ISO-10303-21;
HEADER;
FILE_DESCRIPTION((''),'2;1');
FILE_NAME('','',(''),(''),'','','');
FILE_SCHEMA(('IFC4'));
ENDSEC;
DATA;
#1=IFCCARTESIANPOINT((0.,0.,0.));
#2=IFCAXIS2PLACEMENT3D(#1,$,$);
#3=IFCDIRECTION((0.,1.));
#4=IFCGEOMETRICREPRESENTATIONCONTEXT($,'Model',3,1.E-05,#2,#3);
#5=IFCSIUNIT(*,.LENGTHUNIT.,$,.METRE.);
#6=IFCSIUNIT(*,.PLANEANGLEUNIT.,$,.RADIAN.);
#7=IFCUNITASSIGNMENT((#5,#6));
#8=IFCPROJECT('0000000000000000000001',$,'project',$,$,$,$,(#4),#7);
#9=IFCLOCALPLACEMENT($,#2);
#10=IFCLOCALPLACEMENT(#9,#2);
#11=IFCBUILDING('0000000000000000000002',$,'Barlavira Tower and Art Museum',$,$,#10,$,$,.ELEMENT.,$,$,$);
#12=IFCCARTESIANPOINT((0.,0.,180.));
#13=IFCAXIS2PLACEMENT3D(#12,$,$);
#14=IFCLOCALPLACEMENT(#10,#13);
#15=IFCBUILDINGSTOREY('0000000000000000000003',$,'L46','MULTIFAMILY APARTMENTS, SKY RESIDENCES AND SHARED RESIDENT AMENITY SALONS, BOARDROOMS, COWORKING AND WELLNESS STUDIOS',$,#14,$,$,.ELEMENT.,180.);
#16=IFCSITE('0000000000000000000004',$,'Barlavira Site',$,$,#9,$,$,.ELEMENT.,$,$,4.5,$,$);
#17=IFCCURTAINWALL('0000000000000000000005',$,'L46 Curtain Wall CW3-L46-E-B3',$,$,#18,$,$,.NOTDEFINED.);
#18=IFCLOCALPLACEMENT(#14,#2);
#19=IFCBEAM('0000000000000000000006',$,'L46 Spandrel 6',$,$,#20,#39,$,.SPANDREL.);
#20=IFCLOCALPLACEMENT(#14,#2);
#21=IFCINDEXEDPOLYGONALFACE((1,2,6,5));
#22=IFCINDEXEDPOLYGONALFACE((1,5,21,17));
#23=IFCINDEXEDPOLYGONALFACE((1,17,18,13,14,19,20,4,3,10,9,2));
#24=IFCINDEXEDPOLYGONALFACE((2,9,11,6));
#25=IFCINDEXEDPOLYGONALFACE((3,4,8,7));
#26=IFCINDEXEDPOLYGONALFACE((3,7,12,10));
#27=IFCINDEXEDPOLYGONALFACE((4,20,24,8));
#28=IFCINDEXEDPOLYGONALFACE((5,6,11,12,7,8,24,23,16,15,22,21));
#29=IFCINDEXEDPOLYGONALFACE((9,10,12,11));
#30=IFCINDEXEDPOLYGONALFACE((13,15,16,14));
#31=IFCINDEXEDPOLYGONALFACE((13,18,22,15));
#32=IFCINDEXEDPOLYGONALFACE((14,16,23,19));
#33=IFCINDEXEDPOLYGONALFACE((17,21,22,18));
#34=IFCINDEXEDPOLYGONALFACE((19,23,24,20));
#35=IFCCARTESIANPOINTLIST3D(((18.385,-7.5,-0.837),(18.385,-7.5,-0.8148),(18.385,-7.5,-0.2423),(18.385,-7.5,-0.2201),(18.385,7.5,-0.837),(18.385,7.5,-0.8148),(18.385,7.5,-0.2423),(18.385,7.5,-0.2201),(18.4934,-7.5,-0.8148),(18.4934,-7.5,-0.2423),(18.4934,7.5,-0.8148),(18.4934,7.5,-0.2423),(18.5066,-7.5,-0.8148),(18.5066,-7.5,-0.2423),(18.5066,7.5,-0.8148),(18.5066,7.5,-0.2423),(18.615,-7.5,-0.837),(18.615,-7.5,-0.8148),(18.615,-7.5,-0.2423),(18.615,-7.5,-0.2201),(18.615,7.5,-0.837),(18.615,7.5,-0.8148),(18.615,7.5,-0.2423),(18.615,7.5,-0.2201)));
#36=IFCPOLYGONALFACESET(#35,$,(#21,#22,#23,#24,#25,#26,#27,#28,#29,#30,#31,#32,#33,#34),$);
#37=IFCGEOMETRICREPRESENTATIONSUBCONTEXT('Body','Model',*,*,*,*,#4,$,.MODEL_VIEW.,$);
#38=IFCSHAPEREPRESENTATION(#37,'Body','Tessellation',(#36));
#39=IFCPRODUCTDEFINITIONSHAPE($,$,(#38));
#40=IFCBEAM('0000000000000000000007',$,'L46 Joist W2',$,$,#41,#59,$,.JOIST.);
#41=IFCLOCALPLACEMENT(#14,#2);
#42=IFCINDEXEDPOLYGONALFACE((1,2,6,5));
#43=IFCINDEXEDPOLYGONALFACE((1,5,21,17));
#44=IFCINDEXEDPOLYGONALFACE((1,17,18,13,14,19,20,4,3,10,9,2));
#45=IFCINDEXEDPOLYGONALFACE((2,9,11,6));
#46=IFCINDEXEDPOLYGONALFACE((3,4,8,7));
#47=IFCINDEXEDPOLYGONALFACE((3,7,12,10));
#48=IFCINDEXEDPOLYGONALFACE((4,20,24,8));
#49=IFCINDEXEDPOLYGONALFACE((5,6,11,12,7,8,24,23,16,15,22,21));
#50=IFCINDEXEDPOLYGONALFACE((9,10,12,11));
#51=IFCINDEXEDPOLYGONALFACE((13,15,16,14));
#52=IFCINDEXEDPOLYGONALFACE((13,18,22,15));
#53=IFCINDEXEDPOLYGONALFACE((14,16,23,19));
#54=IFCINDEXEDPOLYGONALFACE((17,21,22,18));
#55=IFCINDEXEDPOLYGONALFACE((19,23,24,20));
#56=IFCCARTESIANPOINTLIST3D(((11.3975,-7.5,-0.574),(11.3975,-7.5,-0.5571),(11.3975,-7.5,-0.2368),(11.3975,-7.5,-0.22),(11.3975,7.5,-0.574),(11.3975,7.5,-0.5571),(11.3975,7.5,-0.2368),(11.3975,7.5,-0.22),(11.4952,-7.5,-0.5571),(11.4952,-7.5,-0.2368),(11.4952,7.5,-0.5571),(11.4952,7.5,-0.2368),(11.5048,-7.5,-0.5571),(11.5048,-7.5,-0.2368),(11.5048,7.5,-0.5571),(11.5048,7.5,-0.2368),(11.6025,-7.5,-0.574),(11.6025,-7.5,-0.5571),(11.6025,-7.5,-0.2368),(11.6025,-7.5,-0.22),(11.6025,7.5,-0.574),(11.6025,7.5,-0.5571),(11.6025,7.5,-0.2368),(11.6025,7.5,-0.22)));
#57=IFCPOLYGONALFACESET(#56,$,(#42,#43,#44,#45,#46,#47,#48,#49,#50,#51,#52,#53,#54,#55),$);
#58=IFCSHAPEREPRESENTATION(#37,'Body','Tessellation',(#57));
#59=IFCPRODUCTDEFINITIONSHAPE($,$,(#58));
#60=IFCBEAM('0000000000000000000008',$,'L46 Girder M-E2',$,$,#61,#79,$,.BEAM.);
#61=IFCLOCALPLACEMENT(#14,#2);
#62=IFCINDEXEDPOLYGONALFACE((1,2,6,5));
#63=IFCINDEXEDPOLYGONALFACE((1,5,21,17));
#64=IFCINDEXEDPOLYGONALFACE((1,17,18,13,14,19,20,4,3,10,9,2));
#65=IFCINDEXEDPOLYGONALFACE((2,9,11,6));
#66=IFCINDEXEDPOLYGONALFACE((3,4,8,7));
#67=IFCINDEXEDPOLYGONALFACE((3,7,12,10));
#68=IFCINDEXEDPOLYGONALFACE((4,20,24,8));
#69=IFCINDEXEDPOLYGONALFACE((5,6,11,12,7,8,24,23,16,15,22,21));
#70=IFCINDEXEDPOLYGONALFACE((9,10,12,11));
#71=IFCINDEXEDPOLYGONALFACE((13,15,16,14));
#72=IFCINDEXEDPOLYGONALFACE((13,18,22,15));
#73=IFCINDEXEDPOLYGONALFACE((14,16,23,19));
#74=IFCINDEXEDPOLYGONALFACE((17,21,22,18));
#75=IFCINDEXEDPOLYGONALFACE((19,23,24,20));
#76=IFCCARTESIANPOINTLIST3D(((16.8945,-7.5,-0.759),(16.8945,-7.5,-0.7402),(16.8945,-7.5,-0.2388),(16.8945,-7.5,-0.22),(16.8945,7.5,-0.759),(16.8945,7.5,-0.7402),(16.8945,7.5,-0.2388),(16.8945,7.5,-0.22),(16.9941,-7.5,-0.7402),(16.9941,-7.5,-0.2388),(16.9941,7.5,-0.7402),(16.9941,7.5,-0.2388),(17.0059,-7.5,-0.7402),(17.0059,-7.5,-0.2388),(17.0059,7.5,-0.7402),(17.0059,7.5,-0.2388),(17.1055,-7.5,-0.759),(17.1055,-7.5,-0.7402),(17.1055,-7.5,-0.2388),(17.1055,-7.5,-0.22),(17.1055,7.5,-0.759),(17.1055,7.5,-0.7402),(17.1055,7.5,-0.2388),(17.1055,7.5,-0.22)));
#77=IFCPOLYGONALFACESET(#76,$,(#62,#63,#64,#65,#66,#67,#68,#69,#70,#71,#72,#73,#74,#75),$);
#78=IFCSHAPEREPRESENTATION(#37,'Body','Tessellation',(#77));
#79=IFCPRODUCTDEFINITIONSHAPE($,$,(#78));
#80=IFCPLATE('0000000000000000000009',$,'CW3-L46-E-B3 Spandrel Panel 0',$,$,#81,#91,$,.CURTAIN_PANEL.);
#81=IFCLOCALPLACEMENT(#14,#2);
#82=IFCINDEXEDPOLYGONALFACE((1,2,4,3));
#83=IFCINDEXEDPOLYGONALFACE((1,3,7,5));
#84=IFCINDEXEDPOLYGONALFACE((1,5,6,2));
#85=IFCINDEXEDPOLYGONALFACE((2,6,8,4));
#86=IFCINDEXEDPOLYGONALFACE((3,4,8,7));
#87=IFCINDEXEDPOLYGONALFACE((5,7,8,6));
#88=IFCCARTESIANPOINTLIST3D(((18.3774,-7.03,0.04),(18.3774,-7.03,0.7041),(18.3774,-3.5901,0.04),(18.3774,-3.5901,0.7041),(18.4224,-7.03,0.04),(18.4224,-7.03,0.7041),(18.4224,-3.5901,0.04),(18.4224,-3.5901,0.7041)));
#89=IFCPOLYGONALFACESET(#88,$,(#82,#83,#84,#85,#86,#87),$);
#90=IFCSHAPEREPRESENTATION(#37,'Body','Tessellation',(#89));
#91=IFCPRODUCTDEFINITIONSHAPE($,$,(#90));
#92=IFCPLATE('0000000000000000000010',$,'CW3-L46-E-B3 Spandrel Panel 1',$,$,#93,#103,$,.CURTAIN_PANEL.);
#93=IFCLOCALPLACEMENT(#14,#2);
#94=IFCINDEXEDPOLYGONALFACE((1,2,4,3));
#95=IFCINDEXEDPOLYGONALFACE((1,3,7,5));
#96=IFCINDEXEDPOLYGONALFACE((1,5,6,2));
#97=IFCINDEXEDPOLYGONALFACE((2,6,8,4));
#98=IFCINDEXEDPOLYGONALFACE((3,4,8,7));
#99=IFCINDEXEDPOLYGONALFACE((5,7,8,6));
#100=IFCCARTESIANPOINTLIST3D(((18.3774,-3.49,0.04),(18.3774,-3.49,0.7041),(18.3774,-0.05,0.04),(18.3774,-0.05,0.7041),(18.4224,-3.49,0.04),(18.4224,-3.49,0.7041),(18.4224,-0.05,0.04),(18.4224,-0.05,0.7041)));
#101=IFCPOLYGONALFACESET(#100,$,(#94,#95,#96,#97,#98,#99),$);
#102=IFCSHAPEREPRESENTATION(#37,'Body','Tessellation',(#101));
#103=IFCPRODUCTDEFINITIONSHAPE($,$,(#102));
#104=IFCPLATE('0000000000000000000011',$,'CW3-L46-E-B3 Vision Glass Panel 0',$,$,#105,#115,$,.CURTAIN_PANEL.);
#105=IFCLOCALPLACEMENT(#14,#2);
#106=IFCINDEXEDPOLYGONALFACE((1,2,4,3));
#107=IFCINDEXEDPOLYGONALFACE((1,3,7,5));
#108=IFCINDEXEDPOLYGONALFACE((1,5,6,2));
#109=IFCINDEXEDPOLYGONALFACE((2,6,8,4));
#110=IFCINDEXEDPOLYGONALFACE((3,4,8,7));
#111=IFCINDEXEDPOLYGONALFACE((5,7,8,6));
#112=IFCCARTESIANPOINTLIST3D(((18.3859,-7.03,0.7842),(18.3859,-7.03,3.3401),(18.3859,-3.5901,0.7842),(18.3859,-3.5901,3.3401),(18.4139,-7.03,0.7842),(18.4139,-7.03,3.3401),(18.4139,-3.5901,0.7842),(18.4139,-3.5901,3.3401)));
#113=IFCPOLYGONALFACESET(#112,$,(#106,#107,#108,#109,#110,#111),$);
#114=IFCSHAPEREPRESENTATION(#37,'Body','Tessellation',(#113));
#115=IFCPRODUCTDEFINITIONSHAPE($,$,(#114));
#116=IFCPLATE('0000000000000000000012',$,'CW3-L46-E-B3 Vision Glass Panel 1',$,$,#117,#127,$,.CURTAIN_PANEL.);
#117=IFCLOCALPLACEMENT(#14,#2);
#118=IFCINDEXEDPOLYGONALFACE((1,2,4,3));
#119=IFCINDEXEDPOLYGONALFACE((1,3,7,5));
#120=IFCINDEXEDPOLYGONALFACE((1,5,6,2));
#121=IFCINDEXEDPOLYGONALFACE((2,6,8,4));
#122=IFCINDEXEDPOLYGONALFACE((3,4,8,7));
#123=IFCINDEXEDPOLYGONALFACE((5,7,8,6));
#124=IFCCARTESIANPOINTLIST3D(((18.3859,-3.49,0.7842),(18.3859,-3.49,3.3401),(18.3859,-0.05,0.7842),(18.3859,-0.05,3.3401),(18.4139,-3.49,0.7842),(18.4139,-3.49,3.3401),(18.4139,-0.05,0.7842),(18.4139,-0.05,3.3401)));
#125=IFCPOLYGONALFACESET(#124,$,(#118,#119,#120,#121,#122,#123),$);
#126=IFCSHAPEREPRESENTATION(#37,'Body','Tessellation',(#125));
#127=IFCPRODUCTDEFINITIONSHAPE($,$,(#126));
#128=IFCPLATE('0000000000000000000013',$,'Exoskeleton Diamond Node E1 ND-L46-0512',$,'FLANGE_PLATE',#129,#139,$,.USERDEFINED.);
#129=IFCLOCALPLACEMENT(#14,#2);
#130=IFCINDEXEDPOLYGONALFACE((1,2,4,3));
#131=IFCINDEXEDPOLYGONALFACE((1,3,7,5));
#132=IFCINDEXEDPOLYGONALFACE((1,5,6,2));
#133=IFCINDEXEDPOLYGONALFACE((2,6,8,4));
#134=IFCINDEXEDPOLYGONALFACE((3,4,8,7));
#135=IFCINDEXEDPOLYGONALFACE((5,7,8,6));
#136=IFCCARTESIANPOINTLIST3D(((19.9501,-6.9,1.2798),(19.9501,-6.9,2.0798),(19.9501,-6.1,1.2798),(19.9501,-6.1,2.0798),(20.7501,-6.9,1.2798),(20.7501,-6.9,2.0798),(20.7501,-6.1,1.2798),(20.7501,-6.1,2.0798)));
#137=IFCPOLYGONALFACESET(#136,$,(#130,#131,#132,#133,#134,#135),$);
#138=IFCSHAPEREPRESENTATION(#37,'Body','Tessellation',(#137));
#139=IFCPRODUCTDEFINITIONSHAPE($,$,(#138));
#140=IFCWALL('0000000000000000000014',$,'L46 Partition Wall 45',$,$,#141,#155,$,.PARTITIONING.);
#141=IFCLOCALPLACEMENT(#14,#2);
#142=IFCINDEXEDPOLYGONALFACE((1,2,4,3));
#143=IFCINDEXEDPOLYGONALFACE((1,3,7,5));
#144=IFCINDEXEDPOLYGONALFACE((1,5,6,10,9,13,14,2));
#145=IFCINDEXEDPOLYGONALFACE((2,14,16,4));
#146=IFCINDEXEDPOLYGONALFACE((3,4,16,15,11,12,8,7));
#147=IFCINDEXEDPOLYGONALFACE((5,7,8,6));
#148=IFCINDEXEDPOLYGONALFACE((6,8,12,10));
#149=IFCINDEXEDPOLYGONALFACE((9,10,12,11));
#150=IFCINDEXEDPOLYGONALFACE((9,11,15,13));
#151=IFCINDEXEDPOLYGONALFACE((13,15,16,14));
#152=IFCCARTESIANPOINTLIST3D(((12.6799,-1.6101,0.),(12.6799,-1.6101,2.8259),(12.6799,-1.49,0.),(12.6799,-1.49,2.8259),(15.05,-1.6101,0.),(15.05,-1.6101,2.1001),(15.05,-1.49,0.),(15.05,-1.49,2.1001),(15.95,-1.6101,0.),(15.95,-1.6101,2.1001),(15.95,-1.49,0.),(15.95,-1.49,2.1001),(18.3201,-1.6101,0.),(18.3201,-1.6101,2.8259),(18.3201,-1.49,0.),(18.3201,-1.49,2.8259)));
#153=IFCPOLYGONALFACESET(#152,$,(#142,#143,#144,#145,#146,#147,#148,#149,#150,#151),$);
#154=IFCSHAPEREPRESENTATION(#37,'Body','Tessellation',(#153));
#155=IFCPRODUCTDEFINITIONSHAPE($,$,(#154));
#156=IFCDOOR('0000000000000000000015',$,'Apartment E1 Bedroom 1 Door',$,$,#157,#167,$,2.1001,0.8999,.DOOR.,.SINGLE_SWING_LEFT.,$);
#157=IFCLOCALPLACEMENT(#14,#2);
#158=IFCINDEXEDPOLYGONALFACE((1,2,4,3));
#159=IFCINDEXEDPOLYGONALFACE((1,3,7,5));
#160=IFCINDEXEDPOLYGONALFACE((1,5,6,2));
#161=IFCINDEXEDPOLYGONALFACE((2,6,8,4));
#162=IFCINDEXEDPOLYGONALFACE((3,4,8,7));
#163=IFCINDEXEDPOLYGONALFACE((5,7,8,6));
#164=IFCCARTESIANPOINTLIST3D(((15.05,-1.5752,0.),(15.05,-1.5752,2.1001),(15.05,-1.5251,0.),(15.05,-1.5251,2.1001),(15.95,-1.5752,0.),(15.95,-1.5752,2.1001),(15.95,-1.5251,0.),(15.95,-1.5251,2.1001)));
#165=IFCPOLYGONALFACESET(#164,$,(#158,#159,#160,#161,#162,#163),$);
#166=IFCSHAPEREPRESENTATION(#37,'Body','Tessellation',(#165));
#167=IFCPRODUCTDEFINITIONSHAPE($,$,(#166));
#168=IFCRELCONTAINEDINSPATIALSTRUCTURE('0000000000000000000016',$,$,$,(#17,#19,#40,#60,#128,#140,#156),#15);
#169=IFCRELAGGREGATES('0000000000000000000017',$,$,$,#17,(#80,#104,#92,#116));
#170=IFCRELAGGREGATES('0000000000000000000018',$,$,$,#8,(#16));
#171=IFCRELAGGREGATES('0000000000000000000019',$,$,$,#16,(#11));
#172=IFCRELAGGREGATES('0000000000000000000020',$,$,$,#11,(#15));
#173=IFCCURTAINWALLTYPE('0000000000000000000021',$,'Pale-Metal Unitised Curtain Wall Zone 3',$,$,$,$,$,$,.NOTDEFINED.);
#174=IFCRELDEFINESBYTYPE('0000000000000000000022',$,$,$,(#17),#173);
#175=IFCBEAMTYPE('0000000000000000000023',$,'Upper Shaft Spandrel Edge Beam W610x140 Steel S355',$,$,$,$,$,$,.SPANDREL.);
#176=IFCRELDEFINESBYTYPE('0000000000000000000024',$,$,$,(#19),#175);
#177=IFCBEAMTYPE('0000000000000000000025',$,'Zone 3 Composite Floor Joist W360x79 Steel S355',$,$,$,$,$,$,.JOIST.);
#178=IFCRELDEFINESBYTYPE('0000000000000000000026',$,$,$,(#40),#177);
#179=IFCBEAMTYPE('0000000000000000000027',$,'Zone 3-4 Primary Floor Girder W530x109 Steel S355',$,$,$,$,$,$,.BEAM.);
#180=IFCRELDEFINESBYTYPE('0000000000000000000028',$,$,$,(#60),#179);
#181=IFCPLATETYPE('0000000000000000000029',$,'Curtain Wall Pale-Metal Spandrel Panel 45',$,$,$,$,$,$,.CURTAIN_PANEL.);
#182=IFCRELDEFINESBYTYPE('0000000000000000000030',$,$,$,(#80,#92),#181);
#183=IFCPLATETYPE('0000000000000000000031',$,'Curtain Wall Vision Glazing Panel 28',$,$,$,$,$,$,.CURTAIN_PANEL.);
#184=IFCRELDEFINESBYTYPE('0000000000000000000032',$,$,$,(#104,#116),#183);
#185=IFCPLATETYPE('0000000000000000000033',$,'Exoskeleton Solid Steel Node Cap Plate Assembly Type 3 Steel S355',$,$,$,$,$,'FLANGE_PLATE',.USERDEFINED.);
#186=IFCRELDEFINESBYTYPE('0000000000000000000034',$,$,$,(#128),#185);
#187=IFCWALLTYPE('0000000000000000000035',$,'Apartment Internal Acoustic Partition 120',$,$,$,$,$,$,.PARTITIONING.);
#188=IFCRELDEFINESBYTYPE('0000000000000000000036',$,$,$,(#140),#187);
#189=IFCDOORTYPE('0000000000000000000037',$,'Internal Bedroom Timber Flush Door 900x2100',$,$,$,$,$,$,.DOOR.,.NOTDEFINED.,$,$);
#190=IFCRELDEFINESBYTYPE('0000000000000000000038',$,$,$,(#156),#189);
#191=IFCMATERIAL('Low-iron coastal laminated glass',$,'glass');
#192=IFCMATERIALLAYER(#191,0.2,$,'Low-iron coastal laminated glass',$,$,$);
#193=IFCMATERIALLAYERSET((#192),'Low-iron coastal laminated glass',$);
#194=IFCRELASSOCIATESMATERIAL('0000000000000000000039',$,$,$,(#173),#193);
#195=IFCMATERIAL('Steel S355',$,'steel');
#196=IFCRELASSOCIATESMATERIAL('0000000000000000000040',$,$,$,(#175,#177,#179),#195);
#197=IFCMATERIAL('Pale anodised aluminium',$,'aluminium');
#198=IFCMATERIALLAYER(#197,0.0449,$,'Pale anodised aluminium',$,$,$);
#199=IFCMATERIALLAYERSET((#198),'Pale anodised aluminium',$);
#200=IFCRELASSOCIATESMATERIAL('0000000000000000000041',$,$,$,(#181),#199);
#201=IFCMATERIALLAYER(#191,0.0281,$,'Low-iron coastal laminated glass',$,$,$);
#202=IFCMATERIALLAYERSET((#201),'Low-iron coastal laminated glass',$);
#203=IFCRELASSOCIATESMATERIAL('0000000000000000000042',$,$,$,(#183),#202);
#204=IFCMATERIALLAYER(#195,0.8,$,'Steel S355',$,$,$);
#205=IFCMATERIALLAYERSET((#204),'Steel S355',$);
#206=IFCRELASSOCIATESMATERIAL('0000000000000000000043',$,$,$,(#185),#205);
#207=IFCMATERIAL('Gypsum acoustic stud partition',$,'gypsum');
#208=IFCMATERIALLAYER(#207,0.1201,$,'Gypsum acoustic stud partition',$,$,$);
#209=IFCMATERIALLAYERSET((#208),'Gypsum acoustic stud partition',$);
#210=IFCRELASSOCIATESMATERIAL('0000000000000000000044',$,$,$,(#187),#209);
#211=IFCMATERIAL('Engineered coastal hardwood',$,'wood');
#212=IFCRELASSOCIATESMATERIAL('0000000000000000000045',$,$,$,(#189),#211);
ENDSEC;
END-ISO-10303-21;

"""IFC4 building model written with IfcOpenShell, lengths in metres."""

from ifc_helpers import new_model, si_unit, direction, frame, frame_2d, origin, origin_2d, place, context, subcontext, project, spatial, rectangle, i_section, extrude, material, layer, layer_set, material_profile, profile_set, type_object, element, fill, aggregate, save


model = new_model("IFC4")

# Units and contexts
model_context = context("Model", 3, precision=1e-05, world=origin(), true_north=direction((0.0, 1.0)))
body_context = subcontext(model_context, "Body", "Model", "MODEL_VIEW")
ifc_project = project(units=[si_unit("LENGTHUNIT", "METRE"), si_unit("PLANEANGLEUNIT", "RADIAN")], contexts=[model_context])

# Site, building, storey
site_placement = place(None, origin())
site = spatial("IfcSite", under=ifc_project, at=site_placement, Name="Barlavira Site", CompositionType="ELEMENT", RefElevation=4.5)
building_placement = place(site_placement, origin())
building = spatial("IfcBuilding", under=site, at=building_placement, Name="Barlavira Tower and Art Museum", CompositionType="ELEMENT")
storey_placement = place(building_placement, frame((0.0, 0.0, 180.0)))
storey = spatial("IfcBuildingStorey", under=building, at=storey_placement, Name="L46", Description="MULTIFAMILY APARTMENTS, SKY RESIDENCES AND SHARED RESIDENT AMENITY SALONS, BOARDROOMS, COWORKING AND WELLNESS STUDIOS", CompositionType="ELEMENT", Elevation=180.0)

# Curtain wall
ifc_material_1 = material(Name="Low-iron coastal laminated glass", Category="glass")
ifc_layer_1 = layer(ifc_material_1, 0.2, Name="Low-iron coastal laminated glass")
ifc_layer_set_1 = layer_set([ifc_layer_1], Name="Low-iron coastal laminated glass")
curtain_wall_type = type_object("IfcCurtainWallType", Name="Pale-Metal Unitised Curtain Wall Zone 3", PredefinedType="NOTDEFINED", material=ifc_layer_set_1)
curtain_wall_placement = place(storey_placement, origin())
curtain_wall = element("IfcCurtainWall", 1, at=curtain_wall_placement, inside=storey, type_object=curtain_wall_type, Name="L46 Curtain Wall CW3-L46-E-B3", PredefinedType="NOTDEFINED")
ifc_material_2 = material(Name="Pale anodised aluminium", Category="aluminium")

# Beams
ifc_material_3 = material(Name="Steel S355", Category="steel")
ifc_material_profile_1 = material_profile(ifc_material_3, i_section(OverallWidth=0.23, OverallDepth=0.6169, WebThickness=0.0132, FlangeThickness=0.0222, at=origin_2d()), Name="W610x140.0")
ifc_profile_set_1 = profile_set([ifc_material_profile_1], Name="Steel S355")
beam_type_1 = type_object("IfcBeamType", Name="Upper Shaft Spandrel Edge Beam W610x140 Steel S355", PredefinedType="SPANDREL", material=ifc_profile_set_1)
beam_1_placement = place(storey_placement, frame((18.5, -7.5, -0.5286), z_axis=(0.0, 1.0, 0.0), x_axis=(-1.0, 0.0, 0.0)))
element("IfcBeam", 2, at=beam_1_placement, inside=storey, type_object=beam_type_1, Name="L46 Spandrel 6", PredefinedType="SPANDREL", context=body_context, shape_type="SweptSolid", body=[
    extrude(i_section(OverallWidth=0.23, OverallDepth=0.6169, WebThickness=0.0132, FlangeThickness=0.0222, at=origin_2d()), origin(), (0.0, 0.0, 1.0), 15.0),
])
ifc_material_profile_2 = material_profile(ifc_material_3, i_section(OverallWidth=0.2051, OverallDepth=0.354, WebThickness=0.0095, FlangeThickness=0.0168, at=origin_2d()), Name="W360x79.0")
ifc_profile_set_2 = profile_set([ifc_material_profile_2], Name="Steel S355")
beam_type_2 = type_object("IfcBeamType", Name="Zone 3 Composite Floor Joist W360x79 Steel S355", PredefinedType="JOIST", material=ifc_profile_set_2)
beam_2_placement = place(storey_placement, frame((11.5, -7.5, -0.397), z_axis=(0.0, 1.0, 0.0), x_axis=(-1.0, 0.0, 0.0)))
element("IfcBeam", 3, at=beam_2_placement, inside=storey, type_object=beam_type_2, Name="L46 Joist W2", PredefinedType="JOIST", context=body_context, shape_type="SweptSolid", body=[
    extrude(i_section(OverallWidth=0.2051, OverallDepth=0.354, WebThickness=0.0095, FlangeThickness=0.0168, at=origin_2d()), origin(), (0.0, 0.0, 1.0), 15.0),
])
ifc_material_profile_3 = material_profile(ifc_material_3, i_section(OverallWidth=0.2109, OverallDepth=0.5391, WebThickness=0.0117, FlangeThickness=0.0188, at=origin_2d()), Name="W530x109.0")
ifc_profile_set_3 = profile_set([ifc_material_profile_3], Name="Steel S355")
beam_type_3 = type_object("IfcBeamType", Name="Zone 3-4 Primary Floor Girder W530x109 Steel S355", PredefinedType="BEAM", material=ifc_profile_set_3)
beam_3_placement = place(storey_placement, frame((17.0, -7.5, -0.4895), z_axis=(0.0, 1.0, 0.0), x_axis=(-1.0, 0.0, 0.0)))
element("IfcBeam", 4, at=beam_3_placement, inside=storey, type_object=beam_type_3, Name="L46 Girder M-E2", PredefinedType="BEAM", context=body_context, shape_type="SweptSolid", body=[
    extrude(i_section(OverallWidth=0.2109, OverallDepth=0.5391, WebThickness=0.0117, FlangeThickness=0.0188, at=origin_2d()), origin(), (0.0, 0.0, 1.0), 15.0),
])

# Plates
ifc_layer_2 = layer(ifc_material_2, 0.0449, Name="Pale anodised aluminium")
ifc_layer_set_2 = layer_set([ifc_layer_2], Name="Pale anodised aluminium")
plate_type_1 = type_object("IfcPlateType", Name="Curtain Wall Pale-Metal Spandrel Panel 45", PredefinedType="CURTAIN_PANEL", material=ifc_layer_set_2)
plate_1_placement = place(storey_placement, frame((18.3999, -5.3101, 0.04), z_axis=(0.0, 0.0, 1.0), x_axis=(0.0, 1.0, 0.0)))
plate_1 = element("IfcPlate", 5, at=plate_1_placement, type_object=plate_type_1, Name="CW3-L46-E-B3 Spandrel Panel 0", PredefinedType="CURTAIN_PANEL", context=body_context, shape_type="SweptSolid", body=[
    extrude(rectangle(XDim=3.4399, YDim=0.0449, at=origin_2d()), origin(), (0.0, 0.0, 1.0), 0.6641),
])
plate_2_placement = place(storey_placement, frame((18.3999, -1.77, 0.04), z_axis=(0.0, 0.0, 1.0), x_axis=(0.0, 1.0, 0.0)))
plate_2 = element("IfcPlate", 6, at=plate_2_placement, type_object=plate_type_1, Name="CW3-L46-E-B3 Spandrel Panel 1", PredefinedType="CURTAIN_PANEL", context=body_context, shape_type="SweptSolid", body=[
    extrude(rectangle(XDim=3.4399, YDim=0.0449, at=origin_2d()), origin(), (0.0, 0.0, 1.0), 0.6641),
])
ifc_layer_3 = layer(ifc_material_1, 0.0281, Name="Low-iron coastal laminated glass")
ifc_layer_set_3 = layer_set([ifc_layer_3], Name="Low-iron coastal laminated glass")
plate_type_2 = type_object("IfcPlateType", Name="Curtain Wall Vision Glazing Panel 28", PredefinedType="CURTAIN_PANEL", material=ifc_layer_set_3)
plate_3_placement = place(storey_placement, frame((18.3999, -5.3101, 0.7842), z_axis=(0.0, 0.0, 1.0), x_axis=(0.0, 1.0, 0.0)))
plate_3 = element("IfcPlate", 7, at=plate_3_placement, type_object=plate_type_2, Name="CW3-L46-E-B3 Vision Glass Panel 0", PredefinedType="CURTAIN_PANEL", context=body_context, shape_type="SweptSolid", body=[
    extrude(rectangle(XDim=3.4399, YDim=0.0281, at=origin_2d()), origin(), (0.0, 0.0, 1.0), 2.5559),
])
plate_4_placement = place(storey_placement, frame((18.3999, -1.77, 0.7842), z_axis=(0.0, 0.0, 1.0), x_axis=(0.0, 1.0, 0.0)))
plate_4 = element("IfcPlate", 8, at=plate_4_placement, type_object=plate_type_2, Name="CW3-L46-E-B3 Vision Glass Panel 1", PredefinedType="CURTAIN_PANEL", context=body_context, shape_type="SweptSolid", body=[
    extrude(rectangle(XDim=3.4399, YDim=0.0281, at=origin_2d()), origin(), (0.0, 0.0, 1.0), 2.5559),
])
aggregate(curtain_wall, [plate_1, plate_3, plate_2, plate_4])
ifc_layer_4 = layer(ifc_material_3, 0.8, Name="Steel S355")
ifc_layer_set_4 = layer_set([ifc_layer_4], Name="Steel S355")
plate_type_3 = type_object("IfcPlateType", Name="Exoskeleton Solid Steel Node Cap Plate Assembly Type 3 Steel S355", ElementType="FLANGE_PLATE", PredefinedType="USERDEFINED", material=ifc_layer_set_4)
plate_5_placement = place(storey_placement, frame((20.3501, -6.5, 1.2798), z_axis=(0.0, 0.0, 1.0), x_axis=(1.0, 0.0, 0.0)))
element("IfcPlate", 9, at=plate_5_placement, inside=storey, type_object=plate_type_3, Name="Exoskeleton Diamond Node E1 ND-L46-0512", ObjectType="FLANGE_PLATE", PredefinedType="USERDEFINED", context=body_context, shape_type="SweptSolid", body=[
    extrude(rectangle(XDim=0.8, YDim=0.8, at=origin_2d()), origin(), (0.0, 0.0, 1.0), 0.8),
])

# Wall, opening, door
ifc_material_4 = material(Name="Gypsum acoustic stud partition", Category="gypsum")
ifc_layer_5 = layer(ifc_material_4, 0.1201, Name="Gypsum acoustic stud partition")
ifc_layer_set_5 = layer_set([ifc_layer_5], Name="Gypsum acoustic stud partition")
wall_type_1 = type_object("IfcWallType", Name="Apartment Internal Acoustic Partition 120", PredefinedType="PARTITIONING", material=ifc_layer_set_5)
wall_1_placement = place(storey_placement, frame((12.6799, -1.55, 0.0), z_axis=(0.0, 0.0, 1.0), x_axis=(1.0, 0.0, 0.0)))
wall_1 = element("IfcWall", 10, at=wall_1_placement, inside=storey, type_object=wall_type_1, Name="L46 Partition Wall 45", PredefinedType="PARTITIONING", context=body_context, shape_type="SweptSolid", body=[
    extrude(rectangle(XDim=5.6401, YDim=0.1201, at=frame_2d((2.8201, 0.0))), origin(), (0.0, 0.0, 1.0), 2.8259),
])
opening_1_placement = place(wall_1_placement, frame((2.3701, 0.0, 0.0)))
opening_1 = element("IfcOpeningElement", 11, at=opening_1_placement, cuts=wall_1, PredefinedType="OPENING", context=body_context, shape_type="SweptSolid", body=[
    extrude(rectangle(XDim=0.8999, YDim=2.1001, at=frame_2d((0.45, 1.05))), frame((0.0, 0.0701, 0.0), z_axis=(0.0, -1.0, 0.0), x_axis=(1.0, 0.0, 0.0)), (0.0, 0.0, 1.0), 0.1401),
])
ifc_material_5 = material(Name="Engineered coastal hardwood", Category="wood")
door_type_1 = type_object("IfcDoorType", Name="Internal Bedroom Timber Flush Door 900x2100", OperationType="NOTDEFINED", PredefinedType="DOOR", material=ifc_material_5)
door_1_placement = place(opening_1_placement, origin())
door_1 = element("IfcDoor", 12, at=door_1_placement, inside=storey, type_object=door_type_1, Name="Apartment E1 Bedroom 1 Door", OperationType="SINGLE_SWING_LEFT", OverallHeight=2.1001, OverallWidth=0.8999, PredefinedType="DOOR", context=body_context, shape_type="SweptSolid", body=[
    extrude(rectangle(XDim=0.8999, YDim=2.1001, at=frame_2d((0.45, 1.05))), frame((0.0, 0.0249, 0.0), z_axis=(0.0, -1.0, 0.0), x_axis=(1.0, 0.0, 0.0)), (0.0, 0.0, 1.0), 0.05),
])
fill(opening_1, door_1)

save(model, "model.ifc")
